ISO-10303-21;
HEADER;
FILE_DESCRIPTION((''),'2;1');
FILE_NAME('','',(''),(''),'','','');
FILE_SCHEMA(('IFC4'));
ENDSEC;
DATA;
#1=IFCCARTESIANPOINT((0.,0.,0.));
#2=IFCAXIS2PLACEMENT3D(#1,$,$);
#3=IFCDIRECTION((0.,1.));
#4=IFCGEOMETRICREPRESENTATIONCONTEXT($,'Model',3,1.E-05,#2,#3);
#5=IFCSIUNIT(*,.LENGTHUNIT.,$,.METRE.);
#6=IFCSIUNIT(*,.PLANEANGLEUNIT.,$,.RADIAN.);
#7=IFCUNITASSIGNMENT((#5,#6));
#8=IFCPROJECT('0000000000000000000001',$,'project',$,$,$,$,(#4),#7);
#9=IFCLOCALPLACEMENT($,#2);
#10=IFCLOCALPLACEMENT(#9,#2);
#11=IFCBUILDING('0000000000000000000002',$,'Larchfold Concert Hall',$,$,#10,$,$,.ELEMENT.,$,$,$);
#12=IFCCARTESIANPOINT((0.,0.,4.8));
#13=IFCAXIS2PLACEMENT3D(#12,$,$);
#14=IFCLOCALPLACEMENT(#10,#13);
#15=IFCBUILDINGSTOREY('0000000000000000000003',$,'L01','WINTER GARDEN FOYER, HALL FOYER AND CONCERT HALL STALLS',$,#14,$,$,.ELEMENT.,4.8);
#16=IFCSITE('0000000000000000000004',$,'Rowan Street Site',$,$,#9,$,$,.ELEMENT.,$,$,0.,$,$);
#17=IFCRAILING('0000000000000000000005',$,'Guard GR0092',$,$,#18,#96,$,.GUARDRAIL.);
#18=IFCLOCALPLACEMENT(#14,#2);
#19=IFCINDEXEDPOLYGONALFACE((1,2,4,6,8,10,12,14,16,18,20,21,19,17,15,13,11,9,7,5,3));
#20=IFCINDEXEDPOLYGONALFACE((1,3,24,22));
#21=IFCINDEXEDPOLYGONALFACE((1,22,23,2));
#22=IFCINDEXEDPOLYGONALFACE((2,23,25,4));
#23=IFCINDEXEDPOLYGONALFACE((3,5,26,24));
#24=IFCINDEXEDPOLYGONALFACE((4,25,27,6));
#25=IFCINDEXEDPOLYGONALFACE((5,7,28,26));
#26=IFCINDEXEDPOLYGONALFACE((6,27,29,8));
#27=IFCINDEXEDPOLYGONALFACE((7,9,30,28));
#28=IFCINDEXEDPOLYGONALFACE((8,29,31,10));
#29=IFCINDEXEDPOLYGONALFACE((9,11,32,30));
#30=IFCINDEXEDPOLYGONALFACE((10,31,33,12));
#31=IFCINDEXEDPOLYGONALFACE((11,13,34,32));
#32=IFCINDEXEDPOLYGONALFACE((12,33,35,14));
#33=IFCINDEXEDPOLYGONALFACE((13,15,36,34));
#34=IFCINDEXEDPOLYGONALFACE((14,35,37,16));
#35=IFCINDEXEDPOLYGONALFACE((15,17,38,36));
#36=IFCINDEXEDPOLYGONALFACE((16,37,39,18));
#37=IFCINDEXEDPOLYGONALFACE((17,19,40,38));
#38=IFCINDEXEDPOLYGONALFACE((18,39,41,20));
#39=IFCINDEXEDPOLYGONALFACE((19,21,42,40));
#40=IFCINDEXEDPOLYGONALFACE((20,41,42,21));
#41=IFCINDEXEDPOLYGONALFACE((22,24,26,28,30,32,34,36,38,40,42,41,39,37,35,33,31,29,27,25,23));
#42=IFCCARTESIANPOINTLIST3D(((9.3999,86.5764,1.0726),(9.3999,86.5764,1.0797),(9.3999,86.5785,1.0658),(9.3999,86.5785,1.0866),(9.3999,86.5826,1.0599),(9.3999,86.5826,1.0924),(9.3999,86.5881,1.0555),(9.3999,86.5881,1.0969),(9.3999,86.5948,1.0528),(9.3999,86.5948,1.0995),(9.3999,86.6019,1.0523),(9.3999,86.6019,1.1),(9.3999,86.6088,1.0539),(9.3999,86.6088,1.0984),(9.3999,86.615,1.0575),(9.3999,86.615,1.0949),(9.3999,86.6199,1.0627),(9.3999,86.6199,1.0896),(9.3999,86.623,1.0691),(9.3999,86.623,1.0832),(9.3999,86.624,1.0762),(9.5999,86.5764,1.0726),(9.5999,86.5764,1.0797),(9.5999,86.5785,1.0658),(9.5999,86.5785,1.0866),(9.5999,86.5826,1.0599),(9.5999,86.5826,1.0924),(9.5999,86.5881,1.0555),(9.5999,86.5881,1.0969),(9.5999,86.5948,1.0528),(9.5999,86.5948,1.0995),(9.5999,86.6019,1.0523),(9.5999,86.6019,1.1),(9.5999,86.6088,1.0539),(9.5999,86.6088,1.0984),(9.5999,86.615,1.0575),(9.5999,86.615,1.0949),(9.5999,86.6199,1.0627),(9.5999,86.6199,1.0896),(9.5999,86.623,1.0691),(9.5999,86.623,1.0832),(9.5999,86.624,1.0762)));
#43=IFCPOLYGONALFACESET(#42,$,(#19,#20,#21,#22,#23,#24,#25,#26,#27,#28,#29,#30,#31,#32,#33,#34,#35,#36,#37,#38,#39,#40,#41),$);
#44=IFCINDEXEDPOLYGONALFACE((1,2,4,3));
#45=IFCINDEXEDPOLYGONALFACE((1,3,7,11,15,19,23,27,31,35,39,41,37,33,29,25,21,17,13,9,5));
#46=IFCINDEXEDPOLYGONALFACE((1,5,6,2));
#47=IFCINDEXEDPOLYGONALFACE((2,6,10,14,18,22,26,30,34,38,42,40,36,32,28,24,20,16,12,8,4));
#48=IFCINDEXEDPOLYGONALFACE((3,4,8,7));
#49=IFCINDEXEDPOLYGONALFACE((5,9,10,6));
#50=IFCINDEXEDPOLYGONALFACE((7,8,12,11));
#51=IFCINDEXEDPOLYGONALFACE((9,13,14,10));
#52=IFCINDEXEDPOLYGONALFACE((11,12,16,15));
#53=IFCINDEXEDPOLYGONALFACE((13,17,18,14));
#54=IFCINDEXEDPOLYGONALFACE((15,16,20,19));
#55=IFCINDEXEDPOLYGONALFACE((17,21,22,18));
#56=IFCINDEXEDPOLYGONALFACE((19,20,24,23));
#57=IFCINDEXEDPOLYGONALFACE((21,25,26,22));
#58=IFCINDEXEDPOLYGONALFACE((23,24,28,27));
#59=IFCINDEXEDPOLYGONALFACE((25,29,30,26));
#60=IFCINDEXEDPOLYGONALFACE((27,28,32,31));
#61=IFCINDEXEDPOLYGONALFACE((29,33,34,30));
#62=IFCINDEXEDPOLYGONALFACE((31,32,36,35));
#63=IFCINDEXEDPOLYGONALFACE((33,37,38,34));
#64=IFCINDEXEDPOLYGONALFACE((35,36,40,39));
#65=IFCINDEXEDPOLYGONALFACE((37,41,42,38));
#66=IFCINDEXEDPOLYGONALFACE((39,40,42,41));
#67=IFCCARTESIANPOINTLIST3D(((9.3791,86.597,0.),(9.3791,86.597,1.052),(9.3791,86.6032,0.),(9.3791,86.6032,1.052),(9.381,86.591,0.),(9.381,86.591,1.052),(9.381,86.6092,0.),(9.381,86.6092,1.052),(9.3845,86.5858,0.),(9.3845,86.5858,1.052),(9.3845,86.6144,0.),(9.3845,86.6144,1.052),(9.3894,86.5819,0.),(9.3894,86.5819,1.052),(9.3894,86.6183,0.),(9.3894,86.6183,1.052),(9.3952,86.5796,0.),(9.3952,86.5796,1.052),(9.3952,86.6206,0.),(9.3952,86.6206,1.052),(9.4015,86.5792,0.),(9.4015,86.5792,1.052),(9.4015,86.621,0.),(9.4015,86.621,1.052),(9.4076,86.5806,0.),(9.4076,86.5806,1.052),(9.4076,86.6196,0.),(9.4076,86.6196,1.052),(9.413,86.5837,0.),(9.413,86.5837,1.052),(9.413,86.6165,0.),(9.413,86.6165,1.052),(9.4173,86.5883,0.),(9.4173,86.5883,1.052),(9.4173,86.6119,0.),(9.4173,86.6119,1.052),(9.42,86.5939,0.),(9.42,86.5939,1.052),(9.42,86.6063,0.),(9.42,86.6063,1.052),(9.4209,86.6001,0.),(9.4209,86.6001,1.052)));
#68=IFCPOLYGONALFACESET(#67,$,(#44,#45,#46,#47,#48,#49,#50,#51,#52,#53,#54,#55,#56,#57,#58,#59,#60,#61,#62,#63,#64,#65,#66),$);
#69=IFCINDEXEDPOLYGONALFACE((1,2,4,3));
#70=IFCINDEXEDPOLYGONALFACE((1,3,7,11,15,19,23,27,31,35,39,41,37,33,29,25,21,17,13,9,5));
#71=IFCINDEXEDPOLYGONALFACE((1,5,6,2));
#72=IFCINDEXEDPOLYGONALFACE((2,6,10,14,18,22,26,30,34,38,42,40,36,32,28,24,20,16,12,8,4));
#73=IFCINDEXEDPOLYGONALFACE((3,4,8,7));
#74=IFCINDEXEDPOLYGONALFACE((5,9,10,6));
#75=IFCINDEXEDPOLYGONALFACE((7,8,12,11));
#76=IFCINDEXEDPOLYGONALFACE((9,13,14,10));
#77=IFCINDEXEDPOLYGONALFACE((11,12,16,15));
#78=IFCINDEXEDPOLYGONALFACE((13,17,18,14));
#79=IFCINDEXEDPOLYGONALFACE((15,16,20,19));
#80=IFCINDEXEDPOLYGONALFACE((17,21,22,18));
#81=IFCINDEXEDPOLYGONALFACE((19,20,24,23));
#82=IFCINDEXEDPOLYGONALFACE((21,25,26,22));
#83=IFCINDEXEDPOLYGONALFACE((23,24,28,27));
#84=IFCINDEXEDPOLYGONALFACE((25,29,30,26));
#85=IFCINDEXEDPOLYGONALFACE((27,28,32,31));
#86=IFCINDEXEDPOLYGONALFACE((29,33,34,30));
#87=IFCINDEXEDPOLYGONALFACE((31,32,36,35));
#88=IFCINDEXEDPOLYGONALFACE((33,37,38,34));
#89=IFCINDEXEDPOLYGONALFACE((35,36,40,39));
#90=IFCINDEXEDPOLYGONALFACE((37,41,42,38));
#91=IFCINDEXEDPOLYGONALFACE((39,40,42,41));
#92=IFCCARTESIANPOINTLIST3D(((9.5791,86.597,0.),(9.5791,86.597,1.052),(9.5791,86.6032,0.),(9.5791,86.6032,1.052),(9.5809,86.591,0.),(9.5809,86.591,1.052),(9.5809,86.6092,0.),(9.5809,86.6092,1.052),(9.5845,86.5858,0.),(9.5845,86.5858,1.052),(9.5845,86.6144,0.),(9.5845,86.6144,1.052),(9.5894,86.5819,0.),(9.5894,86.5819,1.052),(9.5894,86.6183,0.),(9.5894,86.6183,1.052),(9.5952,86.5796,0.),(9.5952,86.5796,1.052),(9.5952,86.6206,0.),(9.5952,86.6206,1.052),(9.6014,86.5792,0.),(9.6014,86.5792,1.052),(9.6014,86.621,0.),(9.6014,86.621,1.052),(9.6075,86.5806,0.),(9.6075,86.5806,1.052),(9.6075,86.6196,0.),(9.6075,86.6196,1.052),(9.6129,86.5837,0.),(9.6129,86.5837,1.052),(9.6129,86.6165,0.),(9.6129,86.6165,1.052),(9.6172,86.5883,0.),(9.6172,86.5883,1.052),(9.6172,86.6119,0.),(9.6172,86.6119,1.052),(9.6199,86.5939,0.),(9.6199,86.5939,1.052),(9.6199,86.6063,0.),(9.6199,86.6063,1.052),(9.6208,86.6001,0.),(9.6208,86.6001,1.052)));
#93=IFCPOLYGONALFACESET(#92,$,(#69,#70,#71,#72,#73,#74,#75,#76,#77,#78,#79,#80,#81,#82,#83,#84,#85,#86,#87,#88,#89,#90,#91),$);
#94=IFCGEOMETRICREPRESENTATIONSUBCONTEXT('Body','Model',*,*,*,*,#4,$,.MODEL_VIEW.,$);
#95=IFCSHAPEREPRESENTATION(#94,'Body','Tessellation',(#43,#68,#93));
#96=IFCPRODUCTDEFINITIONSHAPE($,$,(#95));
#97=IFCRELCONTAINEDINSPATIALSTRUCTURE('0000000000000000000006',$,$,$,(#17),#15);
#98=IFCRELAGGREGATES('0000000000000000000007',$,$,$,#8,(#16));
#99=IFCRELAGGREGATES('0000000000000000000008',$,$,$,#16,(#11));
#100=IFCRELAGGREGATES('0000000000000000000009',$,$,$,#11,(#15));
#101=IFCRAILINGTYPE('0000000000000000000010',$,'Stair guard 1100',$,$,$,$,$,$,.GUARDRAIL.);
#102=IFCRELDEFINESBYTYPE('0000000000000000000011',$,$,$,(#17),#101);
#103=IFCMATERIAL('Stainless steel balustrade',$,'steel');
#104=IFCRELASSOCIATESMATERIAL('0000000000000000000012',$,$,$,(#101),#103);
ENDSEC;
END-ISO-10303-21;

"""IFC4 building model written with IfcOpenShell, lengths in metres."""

from ifc_helpers import new_model, si_unit, direction, frame, origin, origin_2d, place, context, subcontext, project, spatial, circle, extrude, material, type_object, element, save


model = new_model("IFC4")

# Units and contexts
model_context = context("Model", 3, precision=1e-05, world=origin(), true_north=direction((0.0, 1.0)))
body_context = subcontext(model_context, "Body", "Model", "MODEL_VIEW")
ifc_project = project(units=[si_unit("LENGTHUNIT", "METRE"), si_unit("PLANEANGLEUNIT", "RADIAN")], contexts=[model_context])

# Site, building, storey
site_placement = place(None, origin())
site = spatial("IfcSite", under=ifc_project, at=site_placement, Name="Rowan Street Site", CompositionType="ELEMENT", RefElevation=0.0)
building_placement = place(site_placement, origin())
building = spatial("IfcBuilding", under=site, at=building_placement, Name="Larchfold Concert Hall", CompositionType="ELEMENT")
storey_placement = place(building_placement, frame((0.0, 0.0, 4.8)))
storey = spatial("IfcBuildingStorey", under=building, at=storey_placement, Name="L01", Description="WINTER GARDEN FOYER, HALL FOYER AND CONCERT HALL STALLS", CompositionType="ELEMENT", Elevation=4.8)

# Railing
ifc_material_1 = material(Name="Stainless steel balustrade", Category="steel")
railing_type_1 = type_object("IfcRailingType", Name="Stair guard 1100", PredefinedType="GUARDRAIL", material=ifc_material_1)
railing_1_placement = place(storey_placement, frame((9.3999, 86.6001, 0.0)))
element("IfcRailing", 1, at=railing_1_placement, inside=storey, type_object=railing_type_1, Name="Guard GR0092", PredefinedType="GUARDRAIL", context=body_context, shape_type="SweptSolid", body=[
    extrude(circle(Radius=0.0239, at=origin_2d()), frame((0.0, 0.0, 1.0762), z_axis=(1.0, 0.0, 0.0), x_axis=(0.0, 1.0, 0.0)), (0.0, 0.0, 1.0), 0.2),
    extrude(circle(Radius=0.021, at=origin_2d()), origin(), (0.0, 0.0, 1.0), 1.052),
    extrude(circle(Radius=0.021, at=origin_2d()), frame((0.2, 0.0, 0.0)), (0.0, 0.0, 1.0), 1.052),
])

save(model, "model.ifc")
